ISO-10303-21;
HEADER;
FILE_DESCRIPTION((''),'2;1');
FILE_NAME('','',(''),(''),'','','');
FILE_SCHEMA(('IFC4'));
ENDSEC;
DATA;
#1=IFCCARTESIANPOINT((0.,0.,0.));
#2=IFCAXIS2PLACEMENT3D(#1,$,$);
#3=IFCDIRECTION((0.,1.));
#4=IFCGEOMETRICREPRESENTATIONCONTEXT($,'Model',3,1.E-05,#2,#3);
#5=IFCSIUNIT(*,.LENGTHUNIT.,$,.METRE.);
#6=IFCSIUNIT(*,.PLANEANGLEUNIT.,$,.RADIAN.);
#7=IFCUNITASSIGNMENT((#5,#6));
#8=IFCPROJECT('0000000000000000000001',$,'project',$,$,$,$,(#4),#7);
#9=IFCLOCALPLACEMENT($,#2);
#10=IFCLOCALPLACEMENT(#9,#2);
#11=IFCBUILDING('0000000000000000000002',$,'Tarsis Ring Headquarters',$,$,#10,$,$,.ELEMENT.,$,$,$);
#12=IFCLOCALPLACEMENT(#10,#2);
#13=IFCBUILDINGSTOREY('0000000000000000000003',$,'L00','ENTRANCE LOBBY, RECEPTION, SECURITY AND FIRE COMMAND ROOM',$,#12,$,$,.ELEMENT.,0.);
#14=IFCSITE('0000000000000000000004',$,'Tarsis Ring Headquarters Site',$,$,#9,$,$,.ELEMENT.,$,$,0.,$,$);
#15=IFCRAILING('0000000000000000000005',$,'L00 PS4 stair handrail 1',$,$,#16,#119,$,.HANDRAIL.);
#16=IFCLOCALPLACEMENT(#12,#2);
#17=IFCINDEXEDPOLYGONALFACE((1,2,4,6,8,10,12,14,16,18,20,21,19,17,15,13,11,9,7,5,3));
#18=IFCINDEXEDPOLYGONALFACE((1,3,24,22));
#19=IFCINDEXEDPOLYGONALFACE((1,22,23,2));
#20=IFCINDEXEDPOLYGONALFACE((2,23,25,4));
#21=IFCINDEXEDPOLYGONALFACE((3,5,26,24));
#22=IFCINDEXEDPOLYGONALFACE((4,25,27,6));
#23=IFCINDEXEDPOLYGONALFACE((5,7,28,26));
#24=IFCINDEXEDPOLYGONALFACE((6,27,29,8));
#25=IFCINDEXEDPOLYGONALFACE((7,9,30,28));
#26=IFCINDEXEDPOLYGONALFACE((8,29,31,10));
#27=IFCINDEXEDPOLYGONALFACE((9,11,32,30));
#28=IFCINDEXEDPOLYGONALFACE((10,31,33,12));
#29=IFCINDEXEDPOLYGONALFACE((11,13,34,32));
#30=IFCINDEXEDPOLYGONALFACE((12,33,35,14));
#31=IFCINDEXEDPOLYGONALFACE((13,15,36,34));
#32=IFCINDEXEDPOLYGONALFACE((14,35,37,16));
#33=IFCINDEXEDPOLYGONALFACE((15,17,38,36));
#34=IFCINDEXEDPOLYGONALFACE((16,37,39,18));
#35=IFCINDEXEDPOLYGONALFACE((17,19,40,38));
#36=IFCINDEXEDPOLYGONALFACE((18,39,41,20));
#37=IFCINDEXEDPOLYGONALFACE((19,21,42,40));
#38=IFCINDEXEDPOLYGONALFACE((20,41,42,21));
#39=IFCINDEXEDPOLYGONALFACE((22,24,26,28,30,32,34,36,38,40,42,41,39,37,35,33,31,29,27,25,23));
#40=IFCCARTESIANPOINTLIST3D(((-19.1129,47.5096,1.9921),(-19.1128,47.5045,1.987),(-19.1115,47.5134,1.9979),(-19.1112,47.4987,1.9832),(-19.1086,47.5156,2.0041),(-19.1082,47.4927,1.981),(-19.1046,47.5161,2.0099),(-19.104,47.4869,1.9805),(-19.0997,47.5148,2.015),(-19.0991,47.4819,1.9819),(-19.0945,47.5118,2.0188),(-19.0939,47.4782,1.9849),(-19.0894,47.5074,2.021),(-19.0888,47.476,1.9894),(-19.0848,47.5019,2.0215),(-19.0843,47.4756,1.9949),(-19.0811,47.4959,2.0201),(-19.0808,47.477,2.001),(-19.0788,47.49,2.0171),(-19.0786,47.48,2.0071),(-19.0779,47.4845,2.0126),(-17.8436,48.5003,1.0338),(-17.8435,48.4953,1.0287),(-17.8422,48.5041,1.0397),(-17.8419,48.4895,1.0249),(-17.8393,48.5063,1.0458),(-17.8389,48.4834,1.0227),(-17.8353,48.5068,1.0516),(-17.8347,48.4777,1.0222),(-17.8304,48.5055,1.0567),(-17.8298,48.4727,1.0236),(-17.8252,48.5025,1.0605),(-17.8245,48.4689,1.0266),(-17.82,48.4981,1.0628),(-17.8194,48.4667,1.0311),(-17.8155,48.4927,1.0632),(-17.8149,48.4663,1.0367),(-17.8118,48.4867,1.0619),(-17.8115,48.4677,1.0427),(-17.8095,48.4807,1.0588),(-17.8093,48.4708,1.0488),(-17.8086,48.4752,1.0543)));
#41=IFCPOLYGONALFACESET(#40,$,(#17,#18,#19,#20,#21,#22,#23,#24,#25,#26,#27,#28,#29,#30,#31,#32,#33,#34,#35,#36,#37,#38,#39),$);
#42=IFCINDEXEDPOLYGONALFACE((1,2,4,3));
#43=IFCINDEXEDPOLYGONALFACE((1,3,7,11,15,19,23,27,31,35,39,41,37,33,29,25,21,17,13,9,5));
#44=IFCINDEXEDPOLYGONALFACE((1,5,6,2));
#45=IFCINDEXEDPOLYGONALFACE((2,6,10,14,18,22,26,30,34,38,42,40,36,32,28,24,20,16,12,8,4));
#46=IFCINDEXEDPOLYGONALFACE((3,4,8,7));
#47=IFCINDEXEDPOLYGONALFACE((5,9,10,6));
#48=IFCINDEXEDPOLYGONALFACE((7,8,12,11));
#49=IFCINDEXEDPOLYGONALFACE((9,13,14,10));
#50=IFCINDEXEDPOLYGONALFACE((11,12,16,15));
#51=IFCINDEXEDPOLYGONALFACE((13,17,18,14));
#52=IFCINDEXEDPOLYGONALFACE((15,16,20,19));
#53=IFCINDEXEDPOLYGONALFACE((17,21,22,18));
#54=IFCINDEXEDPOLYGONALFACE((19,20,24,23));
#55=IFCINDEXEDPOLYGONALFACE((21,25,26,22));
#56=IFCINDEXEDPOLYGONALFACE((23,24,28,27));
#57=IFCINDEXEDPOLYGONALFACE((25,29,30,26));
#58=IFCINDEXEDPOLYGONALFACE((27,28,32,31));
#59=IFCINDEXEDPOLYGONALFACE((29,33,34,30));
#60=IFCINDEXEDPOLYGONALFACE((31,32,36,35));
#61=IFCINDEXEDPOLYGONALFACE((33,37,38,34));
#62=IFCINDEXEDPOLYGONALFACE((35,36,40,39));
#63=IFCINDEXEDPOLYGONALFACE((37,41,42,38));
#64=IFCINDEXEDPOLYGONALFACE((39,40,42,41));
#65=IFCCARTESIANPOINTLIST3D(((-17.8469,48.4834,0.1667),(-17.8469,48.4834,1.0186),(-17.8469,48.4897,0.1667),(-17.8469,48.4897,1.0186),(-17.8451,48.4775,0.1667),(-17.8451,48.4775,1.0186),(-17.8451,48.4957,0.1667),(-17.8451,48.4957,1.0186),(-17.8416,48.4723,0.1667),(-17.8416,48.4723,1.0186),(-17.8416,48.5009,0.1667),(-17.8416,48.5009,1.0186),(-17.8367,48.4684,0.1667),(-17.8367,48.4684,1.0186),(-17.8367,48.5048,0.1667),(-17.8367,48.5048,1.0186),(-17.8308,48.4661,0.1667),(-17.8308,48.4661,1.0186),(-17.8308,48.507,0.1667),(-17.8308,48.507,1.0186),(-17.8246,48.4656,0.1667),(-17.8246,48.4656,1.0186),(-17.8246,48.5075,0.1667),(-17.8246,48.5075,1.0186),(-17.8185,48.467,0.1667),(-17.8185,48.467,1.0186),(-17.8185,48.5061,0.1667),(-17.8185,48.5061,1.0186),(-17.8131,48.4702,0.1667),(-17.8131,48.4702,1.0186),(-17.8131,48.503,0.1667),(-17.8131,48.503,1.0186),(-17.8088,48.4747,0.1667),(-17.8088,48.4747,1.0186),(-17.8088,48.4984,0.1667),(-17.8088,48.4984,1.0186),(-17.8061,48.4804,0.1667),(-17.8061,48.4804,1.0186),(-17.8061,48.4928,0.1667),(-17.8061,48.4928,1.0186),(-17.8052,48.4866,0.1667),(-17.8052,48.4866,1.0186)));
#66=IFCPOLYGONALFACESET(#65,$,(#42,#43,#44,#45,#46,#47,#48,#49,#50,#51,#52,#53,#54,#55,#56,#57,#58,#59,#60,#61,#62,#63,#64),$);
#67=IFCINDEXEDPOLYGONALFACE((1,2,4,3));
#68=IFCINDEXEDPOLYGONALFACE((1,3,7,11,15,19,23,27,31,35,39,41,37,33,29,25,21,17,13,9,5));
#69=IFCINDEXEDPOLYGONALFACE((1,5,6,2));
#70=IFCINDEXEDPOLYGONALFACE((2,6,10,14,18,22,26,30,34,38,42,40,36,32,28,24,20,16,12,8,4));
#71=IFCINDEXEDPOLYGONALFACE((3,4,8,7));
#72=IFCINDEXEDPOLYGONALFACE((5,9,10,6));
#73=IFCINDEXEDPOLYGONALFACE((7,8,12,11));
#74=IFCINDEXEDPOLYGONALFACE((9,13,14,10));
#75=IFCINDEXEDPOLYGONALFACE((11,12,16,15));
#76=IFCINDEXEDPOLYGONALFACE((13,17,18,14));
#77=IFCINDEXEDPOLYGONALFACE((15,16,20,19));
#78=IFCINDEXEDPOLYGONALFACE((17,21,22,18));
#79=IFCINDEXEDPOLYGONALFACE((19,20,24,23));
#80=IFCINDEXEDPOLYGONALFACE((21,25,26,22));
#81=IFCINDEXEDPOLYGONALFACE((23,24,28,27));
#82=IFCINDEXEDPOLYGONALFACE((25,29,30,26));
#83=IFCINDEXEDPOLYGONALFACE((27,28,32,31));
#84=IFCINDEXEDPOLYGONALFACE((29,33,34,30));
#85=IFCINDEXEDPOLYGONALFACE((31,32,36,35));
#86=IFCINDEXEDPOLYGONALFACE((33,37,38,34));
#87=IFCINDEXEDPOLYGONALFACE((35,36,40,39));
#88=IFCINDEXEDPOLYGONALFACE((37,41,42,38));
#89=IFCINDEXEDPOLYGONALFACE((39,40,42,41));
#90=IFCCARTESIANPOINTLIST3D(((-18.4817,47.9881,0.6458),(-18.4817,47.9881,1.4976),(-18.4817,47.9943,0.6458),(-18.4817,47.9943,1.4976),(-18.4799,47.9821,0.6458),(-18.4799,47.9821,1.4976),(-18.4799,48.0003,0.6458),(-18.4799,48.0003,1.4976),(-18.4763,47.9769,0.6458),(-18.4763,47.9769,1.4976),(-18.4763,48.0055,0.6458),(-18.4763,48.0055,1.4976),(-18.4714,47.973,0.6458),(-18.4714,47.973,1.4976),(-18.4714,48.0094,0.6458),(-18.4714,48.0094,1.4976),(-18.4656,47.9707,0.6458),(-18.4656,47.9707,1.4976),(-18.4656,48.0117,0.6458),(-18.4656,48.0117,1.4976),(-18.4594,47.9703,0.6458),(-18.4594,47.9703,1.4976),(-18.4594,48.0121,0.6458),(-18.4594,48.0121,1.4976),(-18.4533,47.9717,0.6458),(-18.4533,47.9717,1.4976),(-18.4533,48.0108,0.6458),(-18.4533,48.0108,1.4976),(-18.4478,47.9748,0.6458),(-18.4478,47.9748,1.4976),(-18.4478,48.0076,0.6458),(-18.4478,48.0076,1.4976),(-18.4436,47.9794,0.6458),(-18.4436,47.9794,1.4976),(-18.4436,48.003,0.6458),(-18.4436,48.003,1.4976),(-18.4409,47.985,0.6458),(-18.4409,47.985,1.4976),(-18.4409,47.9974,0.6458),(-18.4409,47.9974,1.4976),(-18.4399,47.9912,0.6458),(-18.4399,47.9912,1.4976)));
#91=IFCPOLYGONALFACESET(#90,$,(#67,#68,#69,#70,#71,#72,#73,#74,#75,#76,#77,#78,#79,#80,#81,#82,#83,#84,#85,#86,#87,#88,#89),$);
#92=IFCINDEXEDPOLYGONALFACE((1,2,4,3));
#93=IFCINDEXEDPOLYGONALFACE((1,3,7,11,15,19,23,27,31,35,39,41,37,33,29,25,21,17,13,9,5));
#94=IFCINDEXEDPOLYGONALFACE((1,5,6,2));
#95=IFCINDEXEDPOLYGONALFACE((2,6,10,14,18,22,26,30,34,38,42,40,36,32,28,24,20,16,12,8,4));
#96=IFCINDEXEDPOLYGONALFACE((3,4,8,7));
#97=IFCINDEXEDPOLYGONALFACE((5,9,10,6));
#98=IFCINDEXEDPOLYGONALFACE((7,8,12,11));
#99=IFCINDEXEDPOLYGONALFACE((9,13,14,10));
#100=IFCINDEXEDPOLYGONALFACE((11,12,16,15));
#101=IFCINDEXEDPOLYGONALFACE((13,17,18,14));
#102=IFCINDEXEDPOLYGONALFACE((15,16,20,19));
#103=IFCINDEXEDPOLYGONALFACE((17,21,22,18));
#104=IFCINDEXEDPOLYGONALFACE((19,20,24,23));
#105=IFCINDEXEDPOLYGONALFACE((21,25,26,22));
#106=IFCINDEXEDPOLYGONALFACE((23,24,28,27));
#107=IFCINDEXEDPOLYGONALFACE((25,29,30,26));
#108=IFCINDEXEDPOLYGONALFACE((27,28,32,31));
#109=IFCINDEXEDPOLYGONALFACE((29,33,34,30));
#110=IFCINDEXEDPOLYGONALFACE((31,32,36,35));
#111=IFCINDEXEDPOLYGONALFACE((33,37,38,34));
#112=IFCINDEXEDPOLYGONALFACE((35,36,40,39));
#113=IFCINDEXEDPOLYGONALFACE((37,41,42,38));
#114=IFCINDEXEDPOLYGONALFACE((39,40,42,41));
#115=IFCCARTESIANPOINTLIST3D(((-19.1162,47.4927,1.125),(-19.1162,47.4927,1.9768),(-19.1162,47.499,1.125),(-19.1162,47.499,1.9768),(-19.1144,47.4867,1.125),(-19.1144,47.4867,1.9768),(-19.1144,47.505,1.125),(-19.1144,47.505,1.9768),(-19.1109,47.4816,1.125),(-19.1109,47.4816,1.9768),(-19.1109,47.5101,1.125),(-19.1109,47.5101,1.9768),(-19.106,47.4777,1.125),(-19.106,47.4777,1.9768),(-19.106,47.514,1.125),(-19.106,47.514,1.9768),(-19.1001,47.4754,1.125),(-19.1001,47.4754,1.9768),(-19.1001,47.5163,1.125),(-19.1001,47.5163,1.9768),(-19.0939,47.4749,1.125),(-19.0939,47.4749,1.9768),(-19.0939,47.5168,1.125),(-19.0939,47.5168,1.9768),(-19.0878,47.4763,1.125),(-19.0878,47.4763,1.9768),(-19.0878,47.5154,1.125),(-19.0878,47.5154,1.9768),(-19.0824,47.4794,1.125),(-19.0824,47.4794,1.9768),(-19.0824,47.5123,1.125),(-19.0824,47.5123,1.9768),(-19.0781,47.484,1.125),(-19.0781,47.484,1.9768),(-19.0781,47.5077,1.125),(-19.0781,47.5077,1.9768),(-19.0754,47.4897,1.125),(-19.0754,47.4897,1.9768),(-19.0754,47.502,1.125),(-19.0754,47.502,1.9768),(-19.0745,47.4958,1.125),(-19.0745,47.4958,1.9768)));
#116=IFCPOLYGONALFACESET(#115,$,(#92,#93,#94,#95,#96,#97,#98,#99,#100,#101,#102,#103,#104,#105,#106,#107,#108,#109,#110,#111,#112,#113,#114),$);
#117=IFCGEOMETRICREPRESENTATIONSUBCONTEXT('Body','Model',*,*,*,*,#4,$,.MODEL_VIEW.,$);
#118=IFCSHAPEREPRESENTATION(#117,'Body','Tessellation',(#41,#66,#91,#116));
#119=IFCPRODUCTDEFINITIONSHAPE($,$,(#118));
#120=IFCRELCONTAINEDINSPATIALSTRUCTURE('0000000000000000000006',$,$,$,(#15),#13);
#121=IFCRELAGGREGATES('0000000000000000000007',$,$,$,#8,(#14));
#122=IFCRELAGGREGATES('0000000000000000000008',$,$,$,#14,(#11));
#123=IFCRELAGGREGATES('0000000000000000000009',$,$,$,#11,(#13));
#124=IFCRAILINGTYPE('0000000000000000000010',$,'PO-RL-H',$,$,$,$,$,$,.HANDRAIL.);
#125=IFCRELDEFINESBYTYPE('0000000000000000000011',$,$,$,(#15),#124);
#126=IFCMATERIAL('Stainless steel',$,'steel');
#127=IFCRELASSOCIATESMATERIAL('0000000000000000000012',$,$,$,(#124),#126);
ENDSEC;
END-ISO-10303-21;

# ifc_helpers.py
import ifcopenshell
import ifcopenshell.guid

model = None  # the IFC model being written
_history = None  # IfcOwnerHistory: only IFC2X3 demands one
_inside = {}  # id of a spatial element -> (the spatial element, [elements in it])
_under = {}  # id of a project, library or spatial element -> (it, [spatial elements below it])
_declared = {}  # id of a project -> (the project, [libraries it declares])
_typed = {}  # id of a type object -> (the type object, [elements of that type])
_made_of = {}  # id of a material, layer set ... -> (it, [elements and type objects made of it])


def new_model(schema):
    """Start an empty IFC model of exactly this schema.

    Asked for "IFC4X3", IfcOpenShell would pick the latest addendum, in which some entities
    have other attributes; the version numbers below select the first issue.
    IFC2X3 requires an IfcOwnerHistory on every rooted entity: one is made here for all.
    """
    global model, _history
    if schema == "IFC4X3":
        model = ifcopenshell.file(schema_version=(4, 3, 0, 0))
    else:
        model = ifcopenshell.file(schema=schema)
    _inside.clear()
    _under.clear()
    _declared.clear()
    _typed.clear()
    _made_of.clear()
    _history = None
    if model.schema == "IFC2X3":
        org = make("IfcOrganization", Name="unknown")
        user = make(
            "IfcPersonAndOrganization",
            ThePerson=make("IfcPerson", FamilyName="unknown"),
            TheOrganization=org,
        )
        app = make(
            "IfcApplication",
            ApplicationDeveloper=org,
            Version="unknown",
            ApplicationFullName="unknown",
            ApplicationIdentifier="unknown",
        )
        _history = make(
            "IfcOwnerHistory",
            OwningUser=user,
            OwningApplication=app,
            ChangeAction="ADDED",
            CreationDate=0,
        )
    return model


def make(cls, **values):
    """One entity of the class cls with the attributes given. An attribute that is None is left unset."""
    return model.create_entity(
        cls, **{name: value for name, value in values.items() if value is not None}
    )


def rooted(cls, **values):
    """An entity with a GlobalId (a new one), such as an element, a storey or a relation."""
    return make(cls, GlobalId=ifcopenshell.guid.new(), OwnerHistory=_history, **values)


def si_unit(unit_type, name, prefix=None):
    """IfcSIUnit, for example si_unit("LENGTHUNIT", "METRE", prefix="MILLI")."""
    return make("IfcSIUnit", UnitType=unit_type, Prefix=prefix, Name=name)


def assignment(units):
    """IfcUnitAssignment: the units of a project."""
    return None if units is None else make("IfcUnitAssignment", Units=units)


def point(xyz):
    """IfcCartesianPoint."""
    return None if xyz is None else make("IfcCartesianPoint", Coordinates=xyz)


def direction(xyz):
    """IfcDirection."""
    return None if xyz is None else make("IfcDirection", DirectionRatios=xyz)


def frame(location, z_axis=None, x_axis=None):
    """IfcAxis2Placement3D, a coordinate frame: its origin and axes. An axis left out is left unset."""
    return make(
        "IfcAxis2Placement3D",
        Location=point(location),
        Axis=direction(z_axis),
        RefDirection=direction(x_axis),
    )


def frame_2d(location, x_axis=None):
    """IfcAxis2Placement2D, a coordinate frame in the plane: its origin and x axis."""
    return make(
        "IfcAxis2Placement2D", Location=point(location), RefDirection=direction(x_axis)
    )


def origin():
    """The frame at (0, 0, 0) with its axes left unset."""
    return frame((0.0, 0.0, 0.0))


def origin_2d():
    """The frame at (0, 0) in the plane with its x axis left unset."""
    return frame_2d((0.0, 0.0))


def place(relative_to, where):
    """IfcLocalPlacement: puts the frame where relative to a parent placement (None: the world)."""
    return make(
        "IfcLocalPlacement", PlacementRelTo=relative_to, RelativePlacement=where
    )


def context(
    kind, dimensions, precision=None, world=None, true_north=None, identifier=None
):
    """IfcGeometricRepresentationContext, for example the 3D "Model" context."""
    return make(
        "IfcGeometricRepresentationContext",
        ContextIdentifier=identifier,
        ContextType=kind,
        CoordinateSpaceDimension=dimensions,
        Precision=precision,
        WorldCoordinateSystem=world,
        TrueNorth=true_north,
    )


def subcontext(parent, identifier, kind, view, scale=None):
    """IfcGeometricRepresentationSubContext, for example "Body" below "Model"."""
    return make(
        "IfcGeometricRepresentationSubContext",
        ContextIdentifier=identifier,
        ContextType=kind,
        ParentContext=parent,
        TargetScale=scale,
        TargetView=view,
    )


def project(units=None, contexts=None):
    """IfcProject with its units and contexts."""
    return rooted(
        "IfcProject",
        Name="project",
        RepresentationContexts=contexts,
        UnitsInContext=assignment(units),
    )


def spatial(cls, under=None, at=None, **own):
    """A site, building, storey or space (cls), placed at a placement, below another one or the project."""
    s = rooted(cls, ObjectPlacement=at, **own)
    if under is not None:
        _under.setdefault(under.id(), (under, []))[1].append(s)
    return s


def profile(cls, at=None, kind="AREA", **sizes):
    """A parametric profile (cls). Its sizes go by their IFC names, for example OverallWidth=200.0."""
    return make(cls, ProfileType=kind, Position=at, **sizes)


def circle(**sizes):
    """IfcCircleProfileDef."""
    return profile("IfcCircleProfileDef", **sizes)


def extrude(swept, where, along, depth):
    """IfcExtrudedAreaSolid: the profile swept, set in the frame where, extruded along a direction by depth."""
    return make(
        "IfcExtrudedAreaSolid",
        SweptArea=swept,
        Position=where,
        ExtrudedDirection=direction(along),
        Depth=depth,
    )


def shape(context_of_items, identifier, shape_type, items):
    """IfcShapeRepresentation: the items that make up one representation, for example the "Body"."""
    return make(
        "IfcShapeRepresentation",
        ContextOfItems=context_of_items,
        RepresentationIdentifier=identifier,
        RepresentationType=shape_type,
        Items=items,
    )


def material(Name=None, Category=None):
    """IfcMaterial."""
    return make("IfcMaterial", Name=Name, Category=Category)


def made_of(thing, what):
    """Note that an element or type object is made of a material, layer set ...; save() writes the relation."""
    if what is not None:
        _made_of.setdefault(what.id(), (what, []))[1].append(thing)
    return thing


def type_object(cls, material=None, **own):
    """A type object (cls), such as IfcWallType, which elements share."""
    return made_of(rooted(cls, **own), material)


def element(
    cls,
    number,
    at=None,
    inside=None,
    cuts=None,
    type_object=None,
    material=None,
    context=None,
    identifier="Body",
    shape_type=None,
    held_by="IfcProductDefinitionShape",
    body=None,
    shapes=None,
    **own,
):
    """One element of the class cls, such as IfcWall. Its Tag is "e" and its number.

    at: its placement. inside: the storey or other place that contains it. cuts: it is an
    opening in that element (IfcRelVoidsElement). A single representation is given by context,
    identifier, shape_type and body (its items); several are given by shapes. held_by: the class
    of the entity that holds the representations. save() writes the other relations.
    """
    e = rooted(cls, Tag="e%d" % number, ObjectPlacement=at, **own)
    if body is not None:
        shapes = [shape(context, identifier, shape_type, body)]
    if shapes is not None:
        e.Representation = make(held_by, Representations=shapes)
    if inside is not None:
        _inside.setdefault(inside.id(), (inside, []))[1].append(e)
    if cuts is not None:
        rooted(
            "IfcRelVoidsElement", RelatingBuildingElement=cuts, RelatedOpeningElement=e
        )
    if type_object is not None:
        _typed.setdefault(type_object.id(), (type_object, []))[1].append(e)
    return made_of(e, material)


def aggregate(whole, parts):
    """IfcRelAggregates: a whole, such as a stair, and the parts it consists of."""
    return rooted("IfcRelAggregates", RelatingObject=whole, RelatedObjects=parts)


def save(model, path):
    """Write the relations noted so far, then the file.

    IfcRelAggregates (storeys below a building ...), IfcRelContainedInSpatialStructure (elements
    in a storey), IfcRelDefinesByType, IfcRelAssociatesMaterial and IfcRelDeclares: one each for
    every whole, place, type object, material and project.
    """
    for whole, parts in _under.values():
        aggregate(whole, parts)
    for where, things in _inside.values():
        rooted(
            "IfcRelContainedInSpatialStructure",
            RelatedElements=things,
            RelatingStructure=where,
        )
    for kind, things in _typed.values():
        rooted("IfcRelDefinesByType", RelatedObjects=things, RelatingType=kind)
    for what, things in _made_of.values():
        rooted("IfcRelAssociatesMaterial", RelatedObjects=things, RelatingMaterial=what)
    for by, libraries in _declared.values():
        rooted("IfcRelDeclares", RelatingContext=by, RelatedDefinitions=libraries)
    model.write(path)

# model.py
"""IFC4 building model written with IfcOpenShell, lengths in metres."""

from ifc_helpers import new_model, si_unit, direction, frame, origin, origin_2d, place, context, subcontext, project, spatial, circle, extrude, material, type_object, element, save


model = new_model("IFC4")

# Units and contexts
model_context = context("Model", 3, precision=1e-05, world=origin(), true_north=direction((0.0, 1.0)))
body_context = subcontext(model_context, "Body", "Model", "MODEL_VIEW")
ifc_project = project(units=[si_unit("LENGTHUNIT", "METRE"), si_unit("PLANEANGLEUNIT", "RADIAN")], contexts=[model_context])

# Site, building, storey
site_placement = place(None, origin())
site = spatial("IfcSite", under=ifc_project, at=site_placement, Name="Tarsis Ring Headquarters Site", CompositionType="ELEMENT", RefElevation=0.0)
building_placement = place(site_placement, origin())
building = spatial("IfcBuilding", under=site, at=building_placement, Name="Tarsis Ring Headquarters", CompositionType="ELEMENT")
storey_placement = place(building_placement, origin())
storey = spatial("IfcBuildingStorey", under=building, at=storey_placement, Name="L00", Description="ENTRANCE LOBBY, RECEPTION, SECURITY AND FIRE COMMAND ROOM", CompositionType="ELEMENT", Elevation=0.0)

# Railing
ifc_material_1 = material(Name="Stainless steel", Category="steel")
railing_type = type_object("IfcRailingType", Name="PO-RL-H", PredefinedType="HANDRAIL", material=ifc_material_1)
railing_placement = place(storey_placement, frame((-17.8262, 48.4866, 0.1667)))
element("IfcRailing", 1, at=railing_placement, inside=storey, type_object=railing_type, Name="L00 PS4 stair handrail 1", PredefinedType="HANDRAIL", context=body_context, shape_type="SweptSolid", body=[
    extrude(circle(Radius=0.0239, at=origin_2d()), frame((0.0, 0.0, 0.876), z_axis=(-0.677412, -0.528743, 0.511414), x_axis=(0.615294, -0.788298, 0.0)), (0.0, 0.0, 1.0), 1.8738),
    extrude(circle(Radius=0.021, at=origin_2d()), origin(), (0.0, 0.0, 1.0), 0.8518),
    extrude(circle(Radius=0.021, at=origin_2d()), frame((-0.6348, -0.4954, 0.479)), (0.0, 0.0, 1.0), 0.8518),
    extrude(circle(Radius=0.021, at=origin_2d()), frame((-1.2693, -0.9907, 0.9583)), (0.0, 0.0, 1.0), 0.8518),
])

save(model, "model.ifc")
